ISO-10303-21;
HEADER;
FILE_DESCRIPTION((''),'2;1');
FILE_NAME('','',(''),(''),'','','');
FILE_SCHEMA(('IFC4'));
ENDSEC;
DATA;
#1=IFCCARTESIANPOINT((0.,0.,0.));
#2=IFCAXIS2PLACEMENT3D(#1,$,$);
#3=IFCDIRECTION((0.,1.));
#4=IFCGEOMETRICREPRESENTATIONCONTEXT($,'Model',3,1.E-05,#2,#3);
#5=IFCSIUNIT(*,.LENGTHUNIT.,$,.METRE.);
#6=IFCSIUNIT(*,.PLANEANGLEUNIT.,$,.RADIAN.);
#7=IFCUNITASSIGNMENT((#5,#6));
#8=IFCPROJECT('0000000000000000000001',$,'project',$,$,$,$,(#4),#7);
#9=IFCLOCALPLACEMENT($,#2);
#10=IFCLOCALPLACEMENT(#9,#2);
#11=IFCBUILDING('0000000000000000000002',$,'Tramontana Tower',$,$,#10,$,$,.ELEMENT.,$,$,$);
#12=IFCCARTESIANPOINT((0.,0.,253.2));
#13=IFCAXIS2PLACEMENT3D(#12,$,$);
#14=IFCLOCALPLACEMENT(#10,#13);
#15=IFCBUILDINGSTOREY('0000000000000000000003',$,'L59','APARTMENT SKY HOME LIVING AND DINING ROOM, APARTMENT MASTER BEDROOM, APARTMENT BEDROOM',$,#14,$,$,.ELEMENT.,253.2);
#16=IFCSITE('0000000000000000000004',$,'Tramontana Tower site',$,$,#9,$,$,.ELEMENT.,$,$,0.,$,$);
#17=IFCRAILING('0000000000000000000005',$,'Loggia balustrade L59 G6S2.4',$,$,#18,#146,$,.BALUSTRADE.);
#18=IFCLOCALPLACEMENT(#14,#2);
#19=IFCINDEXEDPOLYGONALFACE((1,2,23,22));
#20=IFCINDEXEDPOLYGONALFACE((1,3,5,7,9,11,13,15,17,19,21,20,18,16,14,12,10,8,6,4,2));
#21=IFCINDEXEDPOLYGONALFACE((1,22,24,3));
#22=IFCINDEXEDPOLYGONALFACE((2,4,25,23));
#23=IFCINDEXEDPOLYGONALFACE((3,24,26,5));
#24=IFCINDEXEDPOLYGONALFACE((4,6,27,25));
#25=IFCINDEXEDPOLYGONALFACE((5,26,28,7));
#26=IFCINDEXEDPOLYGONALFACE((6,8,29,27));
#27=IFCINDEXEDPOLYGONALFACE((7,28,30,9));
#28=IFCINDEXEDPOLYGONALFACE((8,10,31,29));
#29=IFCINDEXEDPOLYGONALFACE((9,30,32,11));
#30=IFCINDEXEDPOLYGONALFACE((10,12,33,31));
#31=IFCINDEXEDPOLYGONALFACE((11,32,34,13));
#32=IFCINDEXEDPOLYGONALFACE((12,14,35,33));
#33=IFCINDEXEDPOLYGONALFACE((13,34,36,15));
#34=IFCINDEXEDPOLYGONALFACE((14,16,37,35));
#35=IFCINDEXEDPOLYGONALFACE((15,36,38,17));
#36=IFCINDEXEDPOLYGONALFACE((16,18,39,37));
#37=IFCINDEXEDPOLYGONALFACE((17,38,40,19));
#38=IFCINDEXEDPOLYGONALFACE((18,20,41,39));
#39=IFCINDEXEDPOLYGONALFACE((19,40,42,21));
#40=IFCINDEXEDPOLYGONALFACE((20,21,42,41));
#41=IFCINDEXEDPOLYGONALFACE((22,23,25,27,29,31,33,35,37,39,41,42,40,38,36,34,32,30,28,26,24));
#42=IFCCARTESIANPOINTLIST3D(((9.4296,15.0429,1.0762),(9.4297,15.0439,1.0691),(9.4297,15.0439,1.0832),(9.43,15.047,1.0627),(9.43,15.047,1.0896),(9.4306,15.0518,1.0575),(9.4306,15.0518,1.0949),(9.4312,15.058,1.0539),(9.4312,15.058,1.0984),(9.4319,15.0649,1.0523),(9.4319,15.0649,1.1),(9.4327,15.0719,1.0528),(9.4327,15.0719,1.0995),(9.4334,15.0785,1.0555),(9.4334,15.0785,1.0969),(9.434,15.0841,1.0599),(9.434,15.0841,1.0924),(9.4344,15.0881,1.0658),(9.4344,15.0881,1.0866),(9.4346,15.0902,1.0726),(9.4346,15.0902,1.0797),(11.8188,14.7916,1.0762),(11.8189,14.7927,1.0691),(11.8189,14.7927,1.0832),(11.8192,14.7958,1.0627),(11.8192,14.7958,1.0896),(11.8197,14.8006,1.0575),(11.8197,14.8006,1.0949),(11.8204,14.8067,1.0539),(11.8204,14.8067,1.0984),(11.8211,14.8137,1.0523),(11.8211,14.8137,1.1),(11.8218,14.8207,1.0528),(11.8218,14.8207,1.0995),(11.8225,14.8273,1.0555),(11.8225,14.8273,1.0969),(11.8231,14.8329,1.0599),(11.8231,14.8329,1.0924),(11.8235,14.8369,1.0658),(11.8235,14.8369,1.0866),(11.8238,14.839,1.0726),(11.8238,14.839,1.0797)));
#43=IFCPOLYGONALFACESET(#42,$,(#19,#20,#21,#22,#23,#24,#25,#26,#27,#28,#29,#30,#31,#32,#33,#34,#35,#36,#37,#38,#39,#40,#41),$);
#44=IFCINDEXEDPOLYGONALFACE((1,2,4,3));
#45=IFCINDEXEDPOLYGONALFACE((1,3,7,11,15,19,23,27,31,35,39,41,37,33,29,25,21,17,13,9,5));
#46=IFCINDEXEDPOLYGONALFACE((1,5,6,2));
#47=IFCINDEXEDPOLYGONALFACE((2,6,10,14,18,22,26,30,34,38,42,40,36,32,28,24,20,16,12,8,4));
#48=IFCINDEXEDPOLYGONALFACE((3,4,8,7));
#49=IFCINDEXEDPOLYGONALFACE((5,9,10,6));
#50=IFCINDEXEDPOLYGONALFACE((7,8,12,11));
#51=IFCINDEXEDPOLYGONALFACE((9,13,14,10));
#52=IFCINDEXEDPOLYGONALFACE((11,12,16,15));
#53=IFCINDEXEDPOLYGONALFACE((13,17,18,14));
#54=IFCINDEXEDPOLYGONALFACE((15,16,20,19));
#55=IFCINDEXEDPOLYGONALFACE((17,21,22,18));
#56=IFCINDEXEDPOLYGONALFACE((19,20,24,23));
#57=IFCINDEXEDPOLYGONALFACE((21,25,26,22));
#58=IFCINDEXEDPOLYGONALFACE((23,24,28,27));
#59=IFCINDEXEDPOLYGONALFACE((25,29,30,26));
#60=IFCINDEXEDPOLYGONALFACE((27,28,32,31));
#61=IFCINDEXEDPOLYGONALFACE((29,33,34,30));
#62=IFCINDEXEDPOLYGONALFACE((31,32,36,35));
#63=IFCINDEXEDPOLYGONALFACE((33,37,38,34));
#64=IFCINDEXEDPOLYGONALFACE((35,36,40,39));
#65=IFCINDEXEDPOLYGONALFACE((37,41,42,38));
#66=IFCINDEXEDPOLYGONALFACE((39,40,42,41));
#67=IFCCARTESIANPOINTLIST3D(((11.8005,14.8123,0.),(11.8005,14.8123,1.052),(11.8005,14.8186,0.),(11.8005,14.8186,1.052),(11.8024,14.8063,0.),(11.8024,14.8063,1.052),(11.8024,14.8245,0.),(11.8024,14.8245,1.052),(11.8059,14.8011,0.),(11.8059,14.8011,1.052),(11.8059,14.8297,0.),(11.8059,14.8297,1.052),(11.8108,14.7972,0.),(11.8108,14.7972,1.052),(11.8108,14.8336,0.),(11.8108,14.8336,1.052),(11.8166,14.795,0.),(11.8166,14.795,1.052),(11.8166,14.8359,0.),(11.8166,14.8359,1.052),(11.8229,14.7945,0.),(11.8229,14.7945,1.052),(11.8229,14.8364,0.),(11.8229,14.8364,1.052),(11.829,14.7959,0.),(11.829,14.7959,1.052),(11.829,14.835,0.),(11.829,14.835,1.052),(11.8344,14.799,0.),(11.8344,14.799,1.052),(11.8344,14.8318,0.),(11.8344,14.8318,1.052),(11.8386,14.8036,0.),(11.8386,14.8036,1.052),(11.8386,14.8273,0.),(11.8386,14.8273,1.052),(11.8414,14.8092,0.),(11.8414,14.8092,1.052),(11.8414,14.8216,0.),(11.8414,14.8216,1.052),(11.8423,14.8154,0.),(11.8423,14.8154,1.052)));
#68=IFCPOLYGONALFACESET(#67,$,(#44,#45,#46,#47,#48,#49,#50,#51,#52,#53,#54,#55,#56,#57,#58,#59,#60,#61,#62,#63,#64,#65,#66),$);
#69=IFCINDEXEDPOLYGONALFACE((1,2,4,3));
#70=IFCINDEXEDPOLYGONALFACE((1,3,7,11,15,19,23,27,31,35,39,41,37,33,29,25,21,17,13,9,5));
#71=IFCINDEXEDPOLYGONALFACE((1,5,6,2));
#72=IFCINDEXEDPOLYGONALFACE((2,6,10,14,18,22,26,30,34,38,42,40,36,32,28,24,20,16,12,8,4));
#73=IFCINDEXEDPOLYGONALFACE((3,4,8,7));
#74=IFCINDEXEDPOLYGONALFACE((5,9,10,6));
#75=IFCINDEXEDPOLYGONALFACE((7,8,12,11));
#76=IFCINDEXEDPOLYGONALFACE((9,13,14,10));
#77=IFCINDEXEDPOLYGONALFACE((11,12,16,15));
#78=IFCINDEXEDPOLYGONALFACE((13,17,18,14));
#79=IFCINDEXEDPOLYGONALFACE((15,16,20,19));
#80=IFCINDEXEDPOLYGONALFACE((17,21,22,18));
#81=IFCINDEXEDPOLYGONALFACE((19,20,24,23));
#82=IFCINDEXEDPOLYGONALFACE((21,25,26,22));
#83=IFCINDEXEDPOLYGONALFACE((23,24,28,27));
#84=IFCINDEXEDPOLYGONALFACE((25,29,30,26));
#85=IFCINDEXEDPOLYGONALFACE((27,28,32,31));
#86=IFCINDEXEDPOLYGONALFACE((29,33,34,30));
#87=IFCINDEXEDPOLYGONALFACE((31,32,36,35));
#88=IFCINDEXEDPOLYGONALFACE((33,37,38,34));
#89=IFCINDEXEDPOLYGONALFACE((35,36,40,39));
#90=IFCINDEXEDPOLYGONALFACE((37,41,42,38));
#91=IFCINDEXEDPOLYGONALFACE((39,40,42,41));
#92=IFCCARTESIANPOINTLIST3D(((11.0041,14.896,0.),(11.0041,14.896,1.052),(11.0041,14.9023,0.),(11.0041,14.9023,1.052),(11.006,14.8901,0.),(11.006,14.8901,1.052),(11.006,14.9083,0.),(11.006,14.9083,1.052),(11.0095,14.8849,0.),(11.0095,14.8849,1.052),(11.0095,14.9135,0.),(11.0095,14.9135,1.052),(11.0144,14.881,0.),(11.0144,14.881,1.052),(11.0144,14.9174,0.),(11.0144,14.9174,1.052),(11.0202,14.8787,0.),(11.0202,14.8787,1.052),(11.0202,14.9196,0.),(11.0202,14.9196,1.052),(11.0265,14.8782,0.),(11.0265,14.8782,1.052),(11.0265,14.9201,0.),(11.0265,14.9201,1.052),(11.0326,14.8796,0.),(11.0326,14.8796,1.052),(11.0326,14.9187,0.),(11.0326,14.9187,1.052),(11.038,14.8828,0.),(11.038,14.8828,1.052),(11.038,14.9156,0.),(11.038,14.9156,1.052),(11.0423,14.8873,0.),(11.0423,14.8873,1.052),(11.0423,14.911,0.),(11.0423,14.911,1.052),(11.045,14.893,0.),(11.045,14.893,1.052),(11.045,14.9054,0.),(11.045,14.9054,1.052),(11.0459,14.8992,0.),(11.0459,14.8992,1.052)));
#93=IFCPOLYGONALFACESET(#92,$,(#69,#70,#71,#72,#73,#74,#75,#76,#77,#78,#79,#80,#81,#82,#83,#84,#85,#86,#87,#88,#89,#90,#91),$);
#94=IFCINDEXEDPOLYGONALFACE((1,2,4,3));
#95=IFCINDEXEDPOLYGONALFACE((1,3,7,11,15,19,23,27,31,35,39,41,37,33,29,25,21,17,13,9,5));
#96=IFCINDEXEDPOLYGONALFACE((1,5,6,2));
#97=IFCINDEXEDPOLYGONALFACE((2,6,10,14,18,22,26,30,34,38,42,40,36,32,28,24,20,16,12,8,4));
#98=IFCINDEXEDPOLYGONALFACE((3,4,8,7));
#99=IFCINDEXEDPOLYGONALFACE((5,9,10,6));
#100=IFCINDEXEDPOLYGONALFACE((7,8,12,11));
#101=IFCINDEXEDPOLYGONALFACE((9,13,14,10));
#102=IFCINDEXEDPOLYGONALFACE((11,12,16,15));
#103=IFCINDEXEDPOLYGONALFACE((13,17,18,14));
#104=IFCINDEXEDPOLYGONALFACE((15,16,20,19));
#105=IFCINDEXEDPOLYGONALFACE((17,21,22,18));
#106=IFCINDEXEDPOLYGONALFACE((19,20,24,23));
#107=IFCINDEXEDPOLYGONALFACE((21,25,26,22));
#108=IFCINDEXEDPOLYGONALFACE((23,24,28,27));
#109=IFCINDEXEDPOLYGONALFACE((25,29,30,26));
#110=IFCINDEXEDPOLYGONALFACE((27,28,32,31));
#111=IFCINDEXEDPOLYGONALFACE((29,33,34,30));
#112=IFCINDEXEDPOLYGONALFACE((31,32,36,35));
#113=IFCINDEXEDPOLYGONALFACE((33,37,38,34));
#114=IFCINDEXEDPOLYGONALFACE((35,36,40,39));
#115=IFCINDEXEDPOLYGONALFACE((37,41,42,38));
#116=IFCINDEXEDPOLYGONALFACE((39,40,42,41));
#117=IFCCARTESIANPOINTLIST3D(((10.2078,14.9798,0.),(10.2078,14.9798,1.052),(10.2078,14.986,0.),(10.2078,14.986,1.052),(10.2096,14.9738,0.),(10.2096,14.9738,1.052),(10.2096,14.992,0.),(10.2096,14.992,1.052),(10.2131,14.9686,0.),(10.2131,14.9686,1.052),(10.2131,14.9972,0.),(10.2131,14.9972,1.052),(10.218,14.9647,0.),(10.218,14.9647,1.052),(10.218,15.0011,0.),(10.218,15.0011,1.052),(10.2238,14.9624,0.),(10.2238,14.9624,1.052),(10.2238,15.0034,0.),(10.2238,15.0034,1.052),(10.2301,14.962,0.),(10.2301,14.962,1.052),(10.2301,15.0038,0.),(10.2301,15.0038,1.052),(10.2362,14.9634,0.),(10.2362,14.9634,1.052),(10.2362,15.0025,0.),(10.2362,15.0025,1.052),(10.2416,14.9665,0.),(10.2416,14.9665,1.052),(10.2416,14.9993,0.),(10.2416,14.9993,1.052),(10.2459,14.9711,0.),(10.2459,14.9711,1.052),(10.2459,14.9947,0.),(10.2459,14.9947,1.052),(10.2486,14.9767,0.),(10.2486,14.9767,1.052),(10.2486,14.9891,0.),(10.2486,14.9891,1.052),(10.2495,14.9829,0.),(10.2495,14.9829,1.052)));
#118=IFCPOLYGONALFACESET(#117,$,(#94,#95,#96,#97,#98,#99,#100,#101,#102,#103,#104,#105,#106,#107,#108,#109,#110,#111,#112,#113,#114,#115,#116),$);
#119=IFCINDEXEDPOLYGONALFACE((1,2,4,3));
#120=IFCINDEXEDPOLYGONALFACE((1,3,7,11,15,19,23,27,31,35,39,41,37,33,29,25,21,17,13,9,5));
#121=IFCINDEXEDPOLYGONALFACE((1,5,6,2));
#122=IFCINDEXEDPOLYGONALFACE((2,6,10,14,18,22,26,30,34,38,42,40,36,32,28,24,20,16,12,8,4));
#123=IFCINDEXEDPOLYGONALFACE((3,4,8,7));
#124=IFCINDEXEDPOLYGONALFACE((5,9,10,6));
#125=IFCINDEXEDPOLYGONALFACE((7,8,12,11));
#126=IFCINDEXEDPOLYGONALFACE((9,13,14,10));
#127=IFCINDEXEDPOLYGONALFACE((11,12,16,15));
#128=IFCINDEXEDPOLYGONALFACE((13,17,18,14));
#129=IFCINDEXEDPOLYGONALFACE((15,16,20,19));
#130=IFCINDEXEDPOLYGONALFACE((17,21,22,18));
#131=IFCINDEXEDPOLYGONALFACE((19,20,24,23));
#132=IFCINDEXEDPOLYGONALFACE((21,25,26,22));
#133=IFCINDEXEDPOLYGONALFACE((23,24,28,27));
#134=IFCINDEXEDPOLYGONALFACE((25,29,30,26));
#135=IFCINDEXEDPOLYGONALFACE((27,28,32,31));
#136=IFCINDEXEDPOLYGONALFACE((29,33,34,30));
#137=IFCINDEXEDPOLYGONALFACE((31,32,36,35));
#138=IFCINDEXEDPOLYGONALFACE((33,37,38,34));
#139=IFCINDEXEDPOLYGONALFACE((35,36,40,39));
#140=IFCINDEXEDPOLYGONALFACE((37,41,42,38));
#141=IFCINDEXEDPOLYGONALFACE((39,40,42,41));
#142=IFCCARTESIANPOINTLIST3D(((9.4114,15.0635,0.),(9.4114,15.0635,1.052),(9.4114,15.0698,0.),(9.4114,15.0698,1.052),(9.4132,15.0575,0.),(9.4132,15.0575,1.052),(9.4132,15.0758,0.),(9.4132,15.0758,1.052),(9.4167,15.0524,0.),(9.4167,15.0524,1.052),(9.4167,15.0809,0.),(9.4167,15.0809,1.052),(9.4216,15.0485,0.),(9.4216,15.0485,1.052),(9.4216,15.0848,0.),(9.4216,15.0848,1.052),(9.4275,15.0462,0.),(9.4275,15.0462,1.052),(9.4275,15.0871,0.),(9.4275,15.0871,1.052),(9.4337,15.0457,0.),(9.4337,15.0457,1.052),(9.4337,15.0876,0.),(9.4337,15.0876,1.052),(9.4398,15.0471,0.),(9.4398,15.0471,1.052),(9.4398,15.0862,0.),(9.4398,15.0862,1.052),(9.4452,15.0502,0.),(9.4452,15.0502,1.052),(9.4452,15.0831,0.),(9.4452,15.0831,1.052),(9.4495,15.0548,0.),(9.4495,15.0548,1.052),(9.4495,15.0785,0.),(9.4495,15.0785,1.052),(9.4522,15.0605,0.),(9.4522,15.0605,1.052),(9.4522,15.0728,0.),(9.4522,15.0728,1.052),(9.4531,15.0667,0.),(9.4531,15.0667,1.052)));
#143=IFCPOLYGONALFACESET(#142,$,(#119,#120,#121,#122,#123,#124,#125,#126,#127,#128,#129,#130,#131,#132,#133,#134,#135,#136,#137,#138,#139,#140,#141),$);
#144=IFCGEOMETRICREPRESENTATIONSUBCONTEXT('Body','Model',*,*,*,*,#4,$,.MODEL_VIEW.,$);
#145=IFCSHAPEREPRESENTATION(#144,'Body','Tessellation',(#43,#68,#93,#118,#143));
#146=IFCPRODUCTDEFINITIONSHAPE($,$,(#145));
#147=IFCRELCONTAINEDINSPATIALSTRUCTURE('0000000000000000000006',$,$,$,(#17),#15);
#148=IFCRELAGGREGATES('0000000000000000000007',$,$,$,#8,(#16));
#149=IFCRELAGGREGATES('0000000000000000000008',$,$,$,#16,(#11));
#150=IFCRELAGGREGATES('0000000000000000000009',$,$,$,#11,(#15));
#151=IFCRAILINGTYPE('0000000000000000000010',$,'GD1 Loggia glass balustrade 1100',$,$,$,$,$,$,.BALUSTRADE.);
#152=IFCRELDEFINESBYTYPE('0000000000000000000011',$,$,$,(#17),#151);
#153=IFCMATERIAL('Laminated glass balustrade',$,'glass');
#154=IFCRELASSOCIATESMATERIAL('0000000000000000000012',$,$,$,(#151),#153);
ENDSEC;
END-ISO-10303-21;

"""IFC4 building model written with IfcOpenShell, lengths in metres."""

from ifc_helpers import new_model, si_unit, direction, frame, origin, origin_2d, place, context, subcontext, project, spatial, circle, extrude, material, type_object, element, save


model = new_model("IFC4")

# Units and contexts
model_context = context("Model", 3, precision=1e-05, world=origin(), true_north=direction((0.0, 1.0)))
body_context = subcontext(model_context, "Body", "Model", "MODEL_VIEW")
ifc_project = project(units=[si_unit("LENGTHUNIT", "METRE"), si_unit("PLANEANGLEUNIT", "RADIAN")], contexts=[model_context])

# Site, building, storey
site_placement = place(None, origin())
site = spatial("IfcSite", under=ifc_project, at=site_placement, Name="Tramontana Tower site", CompositionType="ELEMENT", RefElevation=0.0)
building_placement = place(site_placement, origin())
building = spatial("IfcBuilding", under=site, at=building_placement, Name="Tramontana Tower", CompositionType="ELEMENT")
storey_placement = place(building_placement, frame((0.0, 0.0, 253.2)))
storey = spatial("IfcBuildingStorey", under=building, at=storey_placement, Name="L59", Description="APARTMENT SKY HOME LIVING AND DINING ROOM, APARTMENT MASTER BEDROOM, APARTMENT BEDROOM", CompositionType="ELEMENT", Elevation=253.2)

# Railing
ifc_material_1 = material(Name="Laminated glass balustrade", Category="glass")
railing_type = type_object("IfcRailingType", Name="GD1 Loggia glass balustrade 1100", PredefinedType="BALUSTRADE", material=ifc_material_1)
railing_placement = place(storey_placement, frame((11.8213, 14.8154, 0.0)))
element("IfcRailing", 1, at=railing_placement, inside=storey, type_object=railing_type, Name="Loggia balustrade L59 G6S2.4", PredefinedType="BALUSTRADE", context=body_context, shape_type="SweptSolid", body=[
    extrude(circle(Radius=0.0239, at=origin_2d()), frame((0.0, 0.0, 1.0762), z_axis=(-0.994517, 0.104574, 0.0), x_axis=(-0.104574, -0.994517, 0.0)), (0.0, 0.0, 1.0), 2.4023),
    extrude(circle(Radius=0.021, at=origin_2d()), origin(), (0.0, 0.0, 1.0), 1.052),
    extrude(circle(Radius=0.021, at=origin_2d()), frame((-0.7964, 0.0837, 0.0)), (0.0, 0.0, 1.0), 1.052),
    extrude(circle(Radius=0.021, at=origin_2d()), frame((-1.5928, 0.1675, 0.0)), (0.0, 0.0, 1.0), 1.052),
    extrude(circle(Radius=0.021, at=origin_2d()), frame((-2.3892, 0.2512, 0.0)), (0.0, 0.0, 1.0), 1.052),
])

save(model, "model.ifc")
